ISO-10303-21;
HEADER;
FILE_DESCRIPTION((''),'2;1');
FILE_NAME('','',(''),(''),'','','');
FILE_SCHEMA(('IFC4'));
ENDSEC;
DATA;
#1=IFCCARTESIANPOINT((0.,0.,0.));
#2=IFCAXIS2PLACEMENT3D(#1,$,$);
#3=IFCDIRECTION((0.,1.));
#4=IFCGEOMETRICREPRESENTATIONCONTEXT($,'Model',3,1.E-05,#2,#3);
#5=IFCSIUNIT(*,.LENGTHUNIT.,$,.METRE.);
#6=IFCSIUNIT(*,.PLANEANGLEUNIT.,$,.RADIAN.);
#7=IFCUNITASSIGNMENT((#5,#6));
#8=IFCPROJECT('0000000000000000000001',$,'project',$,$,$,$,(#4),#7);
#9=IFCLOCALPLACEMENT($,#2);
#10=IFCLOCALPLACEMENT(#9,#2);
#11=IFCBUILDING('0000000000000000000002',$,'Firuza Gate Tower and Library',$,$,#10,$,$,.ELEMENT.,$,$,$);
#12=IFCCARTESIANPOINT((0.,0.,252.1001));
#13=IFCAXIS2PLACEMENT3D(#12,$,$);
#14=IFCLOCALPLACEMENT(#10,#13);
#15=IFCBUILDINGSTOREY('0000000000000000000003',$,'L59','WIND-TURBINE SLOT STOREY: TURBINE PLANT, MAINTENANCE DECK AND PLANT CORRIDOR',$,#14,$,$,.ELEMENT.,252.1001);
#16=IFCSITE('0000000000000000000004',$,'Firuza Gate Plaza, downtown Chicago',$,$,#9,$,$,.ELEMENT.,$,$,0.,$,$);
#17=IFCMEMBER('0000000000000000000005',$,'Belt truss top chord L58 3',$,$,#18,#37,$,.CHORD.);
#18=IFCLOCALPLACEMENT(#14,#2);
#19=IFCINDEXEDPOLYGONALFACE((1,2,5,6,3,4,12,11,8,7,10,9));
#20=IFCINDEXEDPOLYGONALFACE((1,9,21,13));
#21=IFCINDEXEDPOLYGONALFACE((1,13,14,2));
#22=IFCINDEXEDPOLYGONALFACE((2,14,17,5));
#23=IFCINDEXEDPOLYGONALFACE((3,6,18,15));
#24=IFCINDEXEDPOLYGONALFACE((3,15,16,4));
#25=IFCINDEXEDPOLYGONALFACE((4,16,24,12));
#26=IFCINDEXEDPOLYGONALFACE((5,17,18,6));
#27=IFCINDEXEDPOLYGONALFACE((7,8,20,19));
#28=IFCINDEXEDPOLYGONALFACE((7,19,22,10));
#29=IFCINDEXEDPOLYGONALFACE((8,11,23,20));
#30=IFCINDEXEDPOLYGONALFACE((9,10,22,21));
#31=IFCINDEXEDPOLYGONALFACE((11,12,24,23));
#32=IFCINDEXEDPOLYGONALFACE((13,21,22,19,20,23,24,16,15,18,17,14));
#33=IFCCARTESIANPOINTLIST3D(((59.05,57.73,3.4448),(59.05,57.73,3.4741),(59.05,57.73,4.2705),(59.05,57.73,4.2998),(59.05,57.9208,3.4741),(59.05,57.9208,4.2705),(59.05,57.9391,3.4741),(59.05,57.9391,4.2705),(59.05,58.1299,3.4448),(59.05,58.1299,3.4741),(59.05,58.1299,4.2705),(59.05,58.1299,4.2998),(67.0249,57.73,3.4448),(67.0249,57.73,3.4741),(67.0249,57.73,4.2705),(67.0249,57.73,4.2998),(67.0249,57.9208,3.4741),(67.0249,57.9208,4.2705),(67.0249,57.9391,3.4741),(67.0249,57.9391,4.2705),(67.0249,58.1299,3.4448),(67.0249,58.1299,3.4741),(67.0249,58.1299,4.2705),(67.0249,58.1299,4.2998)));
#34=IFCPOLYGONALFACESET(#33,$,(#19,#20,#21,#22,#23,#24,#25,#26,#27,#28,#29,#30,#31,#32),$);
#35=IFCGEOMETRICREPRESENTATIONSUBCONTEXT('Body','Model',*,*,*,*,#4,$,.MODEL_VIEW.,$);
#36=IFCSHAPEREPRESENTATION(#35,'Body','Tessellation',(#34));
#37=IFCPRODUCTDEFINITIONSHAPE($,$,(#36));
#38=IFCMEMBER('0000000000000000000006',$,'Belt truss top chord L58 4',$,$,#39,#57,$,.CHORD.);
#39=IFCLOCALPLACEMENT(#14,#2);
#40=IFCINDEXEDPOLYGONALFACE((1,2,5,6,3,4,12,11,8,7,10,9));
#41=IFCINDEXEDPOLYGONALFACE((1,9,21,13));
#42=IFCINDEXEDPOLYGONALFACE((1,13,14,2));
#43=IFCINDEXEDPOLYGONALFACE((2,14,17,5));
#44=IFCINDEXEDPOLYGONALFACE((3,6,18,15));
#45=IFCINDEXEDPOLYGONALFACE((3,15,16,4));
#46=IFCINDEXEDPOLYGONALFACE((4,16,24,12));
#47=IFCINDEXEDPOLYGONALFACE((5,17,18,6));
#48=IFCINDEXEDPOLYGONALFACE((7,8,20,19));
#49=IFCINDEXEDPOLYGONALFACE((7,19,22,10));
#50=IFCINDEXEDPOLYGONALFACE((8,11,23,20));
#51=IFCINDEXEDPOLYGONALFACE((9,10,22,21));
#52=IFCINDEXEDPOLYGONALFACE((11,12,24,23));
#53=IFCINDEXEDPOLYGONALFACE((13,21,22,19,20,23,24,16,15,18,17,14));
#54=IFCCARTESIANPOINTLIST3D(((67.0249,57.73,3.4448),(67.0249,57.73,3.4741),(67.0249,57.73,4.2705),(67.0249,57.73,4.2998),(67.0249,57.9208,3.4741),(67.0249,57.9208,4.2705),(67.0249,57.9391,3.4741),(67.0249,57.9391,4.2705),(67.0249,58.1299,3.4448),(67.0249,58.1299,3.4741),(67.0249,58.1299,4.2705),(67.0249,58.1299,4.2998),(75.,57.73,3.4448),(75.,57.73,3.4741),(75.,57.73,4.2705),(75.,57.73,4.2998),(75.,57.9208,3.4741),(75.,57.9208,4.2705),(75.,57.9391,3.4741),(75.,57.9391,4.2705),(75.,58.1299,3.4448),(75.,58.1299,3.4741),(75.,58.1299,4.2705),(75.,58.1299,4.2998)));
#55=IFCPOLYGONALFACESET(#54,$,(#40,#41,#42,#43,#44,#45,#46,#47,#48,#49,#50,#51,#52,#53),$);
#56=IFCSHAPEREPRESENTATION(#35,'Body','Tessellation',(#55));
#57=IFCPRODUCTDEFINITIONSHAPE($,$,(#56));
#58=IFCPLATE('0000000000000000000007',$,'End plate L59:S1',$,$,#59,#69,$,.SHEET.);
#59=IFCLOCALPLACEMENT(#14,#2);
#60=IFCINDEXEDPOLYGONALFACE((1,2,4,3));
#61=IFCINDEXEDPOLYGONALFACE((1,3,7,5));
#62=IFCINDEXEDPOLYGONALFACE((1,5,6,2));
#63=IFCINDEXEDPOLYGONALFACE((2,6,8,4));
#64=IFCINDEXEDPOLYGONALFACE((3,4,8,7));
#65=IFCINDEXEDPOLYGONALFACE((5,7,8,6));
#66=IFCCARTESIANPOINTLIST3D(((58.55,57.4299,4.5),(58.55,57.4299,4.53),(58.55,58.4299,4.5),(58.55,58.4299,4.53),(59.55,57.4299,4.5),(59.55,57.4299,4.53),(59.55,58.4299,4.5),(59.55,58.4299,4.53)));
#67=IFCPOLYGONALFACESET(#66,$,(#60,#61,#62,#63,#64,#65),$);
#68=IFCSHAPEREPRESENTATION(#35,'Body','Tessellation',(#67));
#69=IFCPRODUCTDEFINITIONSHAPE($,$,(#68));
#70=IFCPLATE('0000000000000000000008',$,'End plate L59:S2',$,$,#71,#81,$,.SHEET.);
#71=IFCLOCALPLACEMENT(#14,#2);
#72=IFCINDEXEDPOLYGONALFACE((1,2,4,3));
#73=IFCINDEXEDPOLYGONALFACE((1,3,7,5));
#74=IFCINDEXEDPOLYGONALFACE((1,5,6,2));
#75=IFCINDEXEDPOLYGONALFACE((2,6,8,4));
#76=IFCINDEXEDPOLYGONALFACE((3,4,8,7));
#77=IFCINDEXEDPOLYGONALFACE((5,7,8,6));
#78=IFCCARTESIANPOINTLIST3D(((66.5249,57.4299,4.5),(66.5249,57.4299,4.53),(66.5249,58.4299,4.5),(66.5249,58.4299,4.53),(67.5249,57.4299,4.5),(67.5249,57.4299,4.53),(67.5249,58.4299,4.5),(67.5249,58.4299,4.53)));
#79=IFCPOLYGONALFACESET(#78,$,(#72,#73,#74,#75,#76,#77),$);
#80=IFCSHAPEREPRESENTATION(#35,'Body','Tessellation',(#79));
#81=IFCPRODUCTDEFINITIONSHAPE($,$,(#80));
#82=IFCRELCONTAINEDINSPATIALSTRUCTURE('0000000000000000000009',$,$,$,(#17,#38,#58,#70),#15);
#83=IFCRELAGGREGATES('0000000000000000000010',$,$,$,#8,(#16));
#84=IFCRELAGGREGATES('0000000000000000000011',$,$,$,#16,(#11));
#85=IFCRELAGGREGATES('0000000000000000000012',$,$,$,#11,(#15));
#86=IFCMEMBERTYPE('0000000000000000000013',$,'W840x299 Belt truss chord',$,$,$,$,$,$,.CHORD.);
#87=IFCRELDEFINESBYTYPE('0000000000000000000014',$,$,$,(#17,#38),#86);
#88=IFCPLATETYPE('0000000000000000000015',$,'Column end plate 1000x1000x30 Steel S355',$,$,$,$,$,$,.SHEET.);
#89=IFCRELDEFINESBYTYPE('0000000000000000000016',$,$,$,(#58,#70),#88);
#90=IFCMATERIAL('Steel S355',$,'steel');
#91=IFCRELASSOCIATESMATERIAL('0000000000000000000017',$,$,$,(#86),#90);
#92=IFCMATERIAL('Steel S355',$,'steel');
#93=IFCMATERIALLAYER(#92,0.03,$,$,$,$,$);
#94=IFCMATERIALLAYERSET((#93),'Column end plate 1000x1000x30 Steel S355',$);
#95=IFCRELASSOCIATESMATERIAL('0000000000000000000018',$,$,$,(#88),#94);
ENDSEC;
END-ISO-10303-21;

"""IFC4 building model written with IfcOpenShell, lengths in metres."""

from ifc_helpers import new_model, si_unit, direction, frame, origin, origin_2d, place, context, subcontext, project, spatial, rectangle, i_section, extrude, material, layer, layer_set, material_profile, profile_set, type_object, element, save


model = new_model("IFC4")

# Units and contexts
model_context = context("Model", 3, precision=1e-05, world=origin(), true_north=direction((0.0, 1.0)))
body_context = subcontext(model_context, "Body", "Model", "MODEL_VIEW")
ifc_project = project(units=[si_unit("LENGTHUNIT", "METRE"), si_unit("PLANEANGLEUNIT", "RADIAN")], contexts=[model_context])

# Site, building, storey
site_placement = place(None, origin())
site = spatial("IfcSite", under=ifc_project, at=site_placement, Name="Firuza Gate Plaza, downtown Chicago", CompositionType="ELEMENT", RefElevation=0.0)
building_placement = place(site_placement, origin())
building = spatial("IfcBuilding", under=site, at=building_placement, Name="Firuza Gate Tower and Library", CompositionType="ELEMENT")
storey_placement = place(building_placement, frame((0.0, 0.0, 252.1001)))
storey = spatial("IfcBuildingStorey", under=building, at=storey_placement, Name="L59", Description="WIND-TURBINE SLOT STOREY: TURBINE PLANT, MAINTENANCE DECK AND PLANT CORRIDOR", CompositionType="ELEMENT", Elevation=252.1001)

# Members
ifc_material_1 = material(Name="Steel S355", Category="steel")
ifc_material_profile_1 = material_profile(ifc_material_1, i_section(OverallWidth=0.3999, OverallDepth=0.855, WebThickness=0.0183, FlangeThickness=0.0293, at=origin_2d()))
ifc_profile_set_1 = profile_set([ifc_material_profile_1], Name="Steel S355")
member_type = type_object("IfcMemberType", Name="W840x299 Belt truss chord", PredefinedType="CHORD", material=ifc_profile_set_1)
member_1_placement = place(storey_placement, frame((59.05, 57.9299, 3.8723), z_axis=(1.0, 0.0, 0.0), x_axis=(0.0, 1.0, 0.0)))
element("IfcMember", 1, at=member_1_placement, inside=storey, type_object=member_type, Name="Belt truss top chord L58 3", PredefinedType="CHORD", context=body_context, shape_type="SweptSolid", body=[
    extrude(i_section(OverallWidth=0.3999, OverallDepth=0.855, WebThickness=0.0183, FlangeThickness=0.0293, at=origin_2d()), origin(), (0.0, 0.0, 1.0), 7.9749),
])
member_2_placement = place(storey_placement, frame((67.0249, 57.9299, 3.8723), z_axis=(1.0, 0.0, 0.0), x_axis=(0.0, 1.0, 0.0)))
element("IfcMember", 2, at=member_2_placement, inside=storey, type_object=member_type, Name="Belt truss top chord L58 4", PredefinedType="CHORD", context=body_context, shape_type="SweptSolid", body=[
    extrude(i_section(OverallWidth=0.3999, OverallDepth=0.855, WebThickness=0.0183, FlangeThickness=0.0293, at=origin_2d()), origin(), (0.0, 0.0, 1.0), 7.9751),
])

# Plates
ifc_material_2 = material(Name="Steel S355", Category="steel")
ifc_layer_1 = layer(ifc_material_2, 0.03)
ifc_layer_set_1 = layer_set([ifc_layer_1], Name="Column end plate 1000x1000x30 Steel S355")
plate_type_1 = type_object("IfcPlateType", Name="Column end plate 1000x1000x30 Steel S355", PredefinedType="SHEET", material=ifc_layer_set_1)
for number, where, z_axis, x_axis, name in (
    (3, (59.05, 57.9299, 4.5), (0.0, 0.0, 1.0), (1.0, 0.0, 0.0), "End plate L59:S1"),
    (4, (67.0249, 57.9299, 4.5), (0.0, 0.0, 1.0), (1.0, 0.0, 0.0), "End plate L59:S2"),
):
    element("IfcPlate", number, at=place(storey_placement, frame(where, z_axis=z_axis, x_axis=x_axis)), inside=storey, type_object=plate_type_1, Name=name, PredefinedType="SHEET", context=body_context, shape_type="SweptSolid", body=[
        extrude(rectangle(XDim=1.0, YDim=1.0, at=origin_2d()), origin(), (0.0, 0.0, 1.0), 0.03),
    ])

save(model, "model.ifc")
